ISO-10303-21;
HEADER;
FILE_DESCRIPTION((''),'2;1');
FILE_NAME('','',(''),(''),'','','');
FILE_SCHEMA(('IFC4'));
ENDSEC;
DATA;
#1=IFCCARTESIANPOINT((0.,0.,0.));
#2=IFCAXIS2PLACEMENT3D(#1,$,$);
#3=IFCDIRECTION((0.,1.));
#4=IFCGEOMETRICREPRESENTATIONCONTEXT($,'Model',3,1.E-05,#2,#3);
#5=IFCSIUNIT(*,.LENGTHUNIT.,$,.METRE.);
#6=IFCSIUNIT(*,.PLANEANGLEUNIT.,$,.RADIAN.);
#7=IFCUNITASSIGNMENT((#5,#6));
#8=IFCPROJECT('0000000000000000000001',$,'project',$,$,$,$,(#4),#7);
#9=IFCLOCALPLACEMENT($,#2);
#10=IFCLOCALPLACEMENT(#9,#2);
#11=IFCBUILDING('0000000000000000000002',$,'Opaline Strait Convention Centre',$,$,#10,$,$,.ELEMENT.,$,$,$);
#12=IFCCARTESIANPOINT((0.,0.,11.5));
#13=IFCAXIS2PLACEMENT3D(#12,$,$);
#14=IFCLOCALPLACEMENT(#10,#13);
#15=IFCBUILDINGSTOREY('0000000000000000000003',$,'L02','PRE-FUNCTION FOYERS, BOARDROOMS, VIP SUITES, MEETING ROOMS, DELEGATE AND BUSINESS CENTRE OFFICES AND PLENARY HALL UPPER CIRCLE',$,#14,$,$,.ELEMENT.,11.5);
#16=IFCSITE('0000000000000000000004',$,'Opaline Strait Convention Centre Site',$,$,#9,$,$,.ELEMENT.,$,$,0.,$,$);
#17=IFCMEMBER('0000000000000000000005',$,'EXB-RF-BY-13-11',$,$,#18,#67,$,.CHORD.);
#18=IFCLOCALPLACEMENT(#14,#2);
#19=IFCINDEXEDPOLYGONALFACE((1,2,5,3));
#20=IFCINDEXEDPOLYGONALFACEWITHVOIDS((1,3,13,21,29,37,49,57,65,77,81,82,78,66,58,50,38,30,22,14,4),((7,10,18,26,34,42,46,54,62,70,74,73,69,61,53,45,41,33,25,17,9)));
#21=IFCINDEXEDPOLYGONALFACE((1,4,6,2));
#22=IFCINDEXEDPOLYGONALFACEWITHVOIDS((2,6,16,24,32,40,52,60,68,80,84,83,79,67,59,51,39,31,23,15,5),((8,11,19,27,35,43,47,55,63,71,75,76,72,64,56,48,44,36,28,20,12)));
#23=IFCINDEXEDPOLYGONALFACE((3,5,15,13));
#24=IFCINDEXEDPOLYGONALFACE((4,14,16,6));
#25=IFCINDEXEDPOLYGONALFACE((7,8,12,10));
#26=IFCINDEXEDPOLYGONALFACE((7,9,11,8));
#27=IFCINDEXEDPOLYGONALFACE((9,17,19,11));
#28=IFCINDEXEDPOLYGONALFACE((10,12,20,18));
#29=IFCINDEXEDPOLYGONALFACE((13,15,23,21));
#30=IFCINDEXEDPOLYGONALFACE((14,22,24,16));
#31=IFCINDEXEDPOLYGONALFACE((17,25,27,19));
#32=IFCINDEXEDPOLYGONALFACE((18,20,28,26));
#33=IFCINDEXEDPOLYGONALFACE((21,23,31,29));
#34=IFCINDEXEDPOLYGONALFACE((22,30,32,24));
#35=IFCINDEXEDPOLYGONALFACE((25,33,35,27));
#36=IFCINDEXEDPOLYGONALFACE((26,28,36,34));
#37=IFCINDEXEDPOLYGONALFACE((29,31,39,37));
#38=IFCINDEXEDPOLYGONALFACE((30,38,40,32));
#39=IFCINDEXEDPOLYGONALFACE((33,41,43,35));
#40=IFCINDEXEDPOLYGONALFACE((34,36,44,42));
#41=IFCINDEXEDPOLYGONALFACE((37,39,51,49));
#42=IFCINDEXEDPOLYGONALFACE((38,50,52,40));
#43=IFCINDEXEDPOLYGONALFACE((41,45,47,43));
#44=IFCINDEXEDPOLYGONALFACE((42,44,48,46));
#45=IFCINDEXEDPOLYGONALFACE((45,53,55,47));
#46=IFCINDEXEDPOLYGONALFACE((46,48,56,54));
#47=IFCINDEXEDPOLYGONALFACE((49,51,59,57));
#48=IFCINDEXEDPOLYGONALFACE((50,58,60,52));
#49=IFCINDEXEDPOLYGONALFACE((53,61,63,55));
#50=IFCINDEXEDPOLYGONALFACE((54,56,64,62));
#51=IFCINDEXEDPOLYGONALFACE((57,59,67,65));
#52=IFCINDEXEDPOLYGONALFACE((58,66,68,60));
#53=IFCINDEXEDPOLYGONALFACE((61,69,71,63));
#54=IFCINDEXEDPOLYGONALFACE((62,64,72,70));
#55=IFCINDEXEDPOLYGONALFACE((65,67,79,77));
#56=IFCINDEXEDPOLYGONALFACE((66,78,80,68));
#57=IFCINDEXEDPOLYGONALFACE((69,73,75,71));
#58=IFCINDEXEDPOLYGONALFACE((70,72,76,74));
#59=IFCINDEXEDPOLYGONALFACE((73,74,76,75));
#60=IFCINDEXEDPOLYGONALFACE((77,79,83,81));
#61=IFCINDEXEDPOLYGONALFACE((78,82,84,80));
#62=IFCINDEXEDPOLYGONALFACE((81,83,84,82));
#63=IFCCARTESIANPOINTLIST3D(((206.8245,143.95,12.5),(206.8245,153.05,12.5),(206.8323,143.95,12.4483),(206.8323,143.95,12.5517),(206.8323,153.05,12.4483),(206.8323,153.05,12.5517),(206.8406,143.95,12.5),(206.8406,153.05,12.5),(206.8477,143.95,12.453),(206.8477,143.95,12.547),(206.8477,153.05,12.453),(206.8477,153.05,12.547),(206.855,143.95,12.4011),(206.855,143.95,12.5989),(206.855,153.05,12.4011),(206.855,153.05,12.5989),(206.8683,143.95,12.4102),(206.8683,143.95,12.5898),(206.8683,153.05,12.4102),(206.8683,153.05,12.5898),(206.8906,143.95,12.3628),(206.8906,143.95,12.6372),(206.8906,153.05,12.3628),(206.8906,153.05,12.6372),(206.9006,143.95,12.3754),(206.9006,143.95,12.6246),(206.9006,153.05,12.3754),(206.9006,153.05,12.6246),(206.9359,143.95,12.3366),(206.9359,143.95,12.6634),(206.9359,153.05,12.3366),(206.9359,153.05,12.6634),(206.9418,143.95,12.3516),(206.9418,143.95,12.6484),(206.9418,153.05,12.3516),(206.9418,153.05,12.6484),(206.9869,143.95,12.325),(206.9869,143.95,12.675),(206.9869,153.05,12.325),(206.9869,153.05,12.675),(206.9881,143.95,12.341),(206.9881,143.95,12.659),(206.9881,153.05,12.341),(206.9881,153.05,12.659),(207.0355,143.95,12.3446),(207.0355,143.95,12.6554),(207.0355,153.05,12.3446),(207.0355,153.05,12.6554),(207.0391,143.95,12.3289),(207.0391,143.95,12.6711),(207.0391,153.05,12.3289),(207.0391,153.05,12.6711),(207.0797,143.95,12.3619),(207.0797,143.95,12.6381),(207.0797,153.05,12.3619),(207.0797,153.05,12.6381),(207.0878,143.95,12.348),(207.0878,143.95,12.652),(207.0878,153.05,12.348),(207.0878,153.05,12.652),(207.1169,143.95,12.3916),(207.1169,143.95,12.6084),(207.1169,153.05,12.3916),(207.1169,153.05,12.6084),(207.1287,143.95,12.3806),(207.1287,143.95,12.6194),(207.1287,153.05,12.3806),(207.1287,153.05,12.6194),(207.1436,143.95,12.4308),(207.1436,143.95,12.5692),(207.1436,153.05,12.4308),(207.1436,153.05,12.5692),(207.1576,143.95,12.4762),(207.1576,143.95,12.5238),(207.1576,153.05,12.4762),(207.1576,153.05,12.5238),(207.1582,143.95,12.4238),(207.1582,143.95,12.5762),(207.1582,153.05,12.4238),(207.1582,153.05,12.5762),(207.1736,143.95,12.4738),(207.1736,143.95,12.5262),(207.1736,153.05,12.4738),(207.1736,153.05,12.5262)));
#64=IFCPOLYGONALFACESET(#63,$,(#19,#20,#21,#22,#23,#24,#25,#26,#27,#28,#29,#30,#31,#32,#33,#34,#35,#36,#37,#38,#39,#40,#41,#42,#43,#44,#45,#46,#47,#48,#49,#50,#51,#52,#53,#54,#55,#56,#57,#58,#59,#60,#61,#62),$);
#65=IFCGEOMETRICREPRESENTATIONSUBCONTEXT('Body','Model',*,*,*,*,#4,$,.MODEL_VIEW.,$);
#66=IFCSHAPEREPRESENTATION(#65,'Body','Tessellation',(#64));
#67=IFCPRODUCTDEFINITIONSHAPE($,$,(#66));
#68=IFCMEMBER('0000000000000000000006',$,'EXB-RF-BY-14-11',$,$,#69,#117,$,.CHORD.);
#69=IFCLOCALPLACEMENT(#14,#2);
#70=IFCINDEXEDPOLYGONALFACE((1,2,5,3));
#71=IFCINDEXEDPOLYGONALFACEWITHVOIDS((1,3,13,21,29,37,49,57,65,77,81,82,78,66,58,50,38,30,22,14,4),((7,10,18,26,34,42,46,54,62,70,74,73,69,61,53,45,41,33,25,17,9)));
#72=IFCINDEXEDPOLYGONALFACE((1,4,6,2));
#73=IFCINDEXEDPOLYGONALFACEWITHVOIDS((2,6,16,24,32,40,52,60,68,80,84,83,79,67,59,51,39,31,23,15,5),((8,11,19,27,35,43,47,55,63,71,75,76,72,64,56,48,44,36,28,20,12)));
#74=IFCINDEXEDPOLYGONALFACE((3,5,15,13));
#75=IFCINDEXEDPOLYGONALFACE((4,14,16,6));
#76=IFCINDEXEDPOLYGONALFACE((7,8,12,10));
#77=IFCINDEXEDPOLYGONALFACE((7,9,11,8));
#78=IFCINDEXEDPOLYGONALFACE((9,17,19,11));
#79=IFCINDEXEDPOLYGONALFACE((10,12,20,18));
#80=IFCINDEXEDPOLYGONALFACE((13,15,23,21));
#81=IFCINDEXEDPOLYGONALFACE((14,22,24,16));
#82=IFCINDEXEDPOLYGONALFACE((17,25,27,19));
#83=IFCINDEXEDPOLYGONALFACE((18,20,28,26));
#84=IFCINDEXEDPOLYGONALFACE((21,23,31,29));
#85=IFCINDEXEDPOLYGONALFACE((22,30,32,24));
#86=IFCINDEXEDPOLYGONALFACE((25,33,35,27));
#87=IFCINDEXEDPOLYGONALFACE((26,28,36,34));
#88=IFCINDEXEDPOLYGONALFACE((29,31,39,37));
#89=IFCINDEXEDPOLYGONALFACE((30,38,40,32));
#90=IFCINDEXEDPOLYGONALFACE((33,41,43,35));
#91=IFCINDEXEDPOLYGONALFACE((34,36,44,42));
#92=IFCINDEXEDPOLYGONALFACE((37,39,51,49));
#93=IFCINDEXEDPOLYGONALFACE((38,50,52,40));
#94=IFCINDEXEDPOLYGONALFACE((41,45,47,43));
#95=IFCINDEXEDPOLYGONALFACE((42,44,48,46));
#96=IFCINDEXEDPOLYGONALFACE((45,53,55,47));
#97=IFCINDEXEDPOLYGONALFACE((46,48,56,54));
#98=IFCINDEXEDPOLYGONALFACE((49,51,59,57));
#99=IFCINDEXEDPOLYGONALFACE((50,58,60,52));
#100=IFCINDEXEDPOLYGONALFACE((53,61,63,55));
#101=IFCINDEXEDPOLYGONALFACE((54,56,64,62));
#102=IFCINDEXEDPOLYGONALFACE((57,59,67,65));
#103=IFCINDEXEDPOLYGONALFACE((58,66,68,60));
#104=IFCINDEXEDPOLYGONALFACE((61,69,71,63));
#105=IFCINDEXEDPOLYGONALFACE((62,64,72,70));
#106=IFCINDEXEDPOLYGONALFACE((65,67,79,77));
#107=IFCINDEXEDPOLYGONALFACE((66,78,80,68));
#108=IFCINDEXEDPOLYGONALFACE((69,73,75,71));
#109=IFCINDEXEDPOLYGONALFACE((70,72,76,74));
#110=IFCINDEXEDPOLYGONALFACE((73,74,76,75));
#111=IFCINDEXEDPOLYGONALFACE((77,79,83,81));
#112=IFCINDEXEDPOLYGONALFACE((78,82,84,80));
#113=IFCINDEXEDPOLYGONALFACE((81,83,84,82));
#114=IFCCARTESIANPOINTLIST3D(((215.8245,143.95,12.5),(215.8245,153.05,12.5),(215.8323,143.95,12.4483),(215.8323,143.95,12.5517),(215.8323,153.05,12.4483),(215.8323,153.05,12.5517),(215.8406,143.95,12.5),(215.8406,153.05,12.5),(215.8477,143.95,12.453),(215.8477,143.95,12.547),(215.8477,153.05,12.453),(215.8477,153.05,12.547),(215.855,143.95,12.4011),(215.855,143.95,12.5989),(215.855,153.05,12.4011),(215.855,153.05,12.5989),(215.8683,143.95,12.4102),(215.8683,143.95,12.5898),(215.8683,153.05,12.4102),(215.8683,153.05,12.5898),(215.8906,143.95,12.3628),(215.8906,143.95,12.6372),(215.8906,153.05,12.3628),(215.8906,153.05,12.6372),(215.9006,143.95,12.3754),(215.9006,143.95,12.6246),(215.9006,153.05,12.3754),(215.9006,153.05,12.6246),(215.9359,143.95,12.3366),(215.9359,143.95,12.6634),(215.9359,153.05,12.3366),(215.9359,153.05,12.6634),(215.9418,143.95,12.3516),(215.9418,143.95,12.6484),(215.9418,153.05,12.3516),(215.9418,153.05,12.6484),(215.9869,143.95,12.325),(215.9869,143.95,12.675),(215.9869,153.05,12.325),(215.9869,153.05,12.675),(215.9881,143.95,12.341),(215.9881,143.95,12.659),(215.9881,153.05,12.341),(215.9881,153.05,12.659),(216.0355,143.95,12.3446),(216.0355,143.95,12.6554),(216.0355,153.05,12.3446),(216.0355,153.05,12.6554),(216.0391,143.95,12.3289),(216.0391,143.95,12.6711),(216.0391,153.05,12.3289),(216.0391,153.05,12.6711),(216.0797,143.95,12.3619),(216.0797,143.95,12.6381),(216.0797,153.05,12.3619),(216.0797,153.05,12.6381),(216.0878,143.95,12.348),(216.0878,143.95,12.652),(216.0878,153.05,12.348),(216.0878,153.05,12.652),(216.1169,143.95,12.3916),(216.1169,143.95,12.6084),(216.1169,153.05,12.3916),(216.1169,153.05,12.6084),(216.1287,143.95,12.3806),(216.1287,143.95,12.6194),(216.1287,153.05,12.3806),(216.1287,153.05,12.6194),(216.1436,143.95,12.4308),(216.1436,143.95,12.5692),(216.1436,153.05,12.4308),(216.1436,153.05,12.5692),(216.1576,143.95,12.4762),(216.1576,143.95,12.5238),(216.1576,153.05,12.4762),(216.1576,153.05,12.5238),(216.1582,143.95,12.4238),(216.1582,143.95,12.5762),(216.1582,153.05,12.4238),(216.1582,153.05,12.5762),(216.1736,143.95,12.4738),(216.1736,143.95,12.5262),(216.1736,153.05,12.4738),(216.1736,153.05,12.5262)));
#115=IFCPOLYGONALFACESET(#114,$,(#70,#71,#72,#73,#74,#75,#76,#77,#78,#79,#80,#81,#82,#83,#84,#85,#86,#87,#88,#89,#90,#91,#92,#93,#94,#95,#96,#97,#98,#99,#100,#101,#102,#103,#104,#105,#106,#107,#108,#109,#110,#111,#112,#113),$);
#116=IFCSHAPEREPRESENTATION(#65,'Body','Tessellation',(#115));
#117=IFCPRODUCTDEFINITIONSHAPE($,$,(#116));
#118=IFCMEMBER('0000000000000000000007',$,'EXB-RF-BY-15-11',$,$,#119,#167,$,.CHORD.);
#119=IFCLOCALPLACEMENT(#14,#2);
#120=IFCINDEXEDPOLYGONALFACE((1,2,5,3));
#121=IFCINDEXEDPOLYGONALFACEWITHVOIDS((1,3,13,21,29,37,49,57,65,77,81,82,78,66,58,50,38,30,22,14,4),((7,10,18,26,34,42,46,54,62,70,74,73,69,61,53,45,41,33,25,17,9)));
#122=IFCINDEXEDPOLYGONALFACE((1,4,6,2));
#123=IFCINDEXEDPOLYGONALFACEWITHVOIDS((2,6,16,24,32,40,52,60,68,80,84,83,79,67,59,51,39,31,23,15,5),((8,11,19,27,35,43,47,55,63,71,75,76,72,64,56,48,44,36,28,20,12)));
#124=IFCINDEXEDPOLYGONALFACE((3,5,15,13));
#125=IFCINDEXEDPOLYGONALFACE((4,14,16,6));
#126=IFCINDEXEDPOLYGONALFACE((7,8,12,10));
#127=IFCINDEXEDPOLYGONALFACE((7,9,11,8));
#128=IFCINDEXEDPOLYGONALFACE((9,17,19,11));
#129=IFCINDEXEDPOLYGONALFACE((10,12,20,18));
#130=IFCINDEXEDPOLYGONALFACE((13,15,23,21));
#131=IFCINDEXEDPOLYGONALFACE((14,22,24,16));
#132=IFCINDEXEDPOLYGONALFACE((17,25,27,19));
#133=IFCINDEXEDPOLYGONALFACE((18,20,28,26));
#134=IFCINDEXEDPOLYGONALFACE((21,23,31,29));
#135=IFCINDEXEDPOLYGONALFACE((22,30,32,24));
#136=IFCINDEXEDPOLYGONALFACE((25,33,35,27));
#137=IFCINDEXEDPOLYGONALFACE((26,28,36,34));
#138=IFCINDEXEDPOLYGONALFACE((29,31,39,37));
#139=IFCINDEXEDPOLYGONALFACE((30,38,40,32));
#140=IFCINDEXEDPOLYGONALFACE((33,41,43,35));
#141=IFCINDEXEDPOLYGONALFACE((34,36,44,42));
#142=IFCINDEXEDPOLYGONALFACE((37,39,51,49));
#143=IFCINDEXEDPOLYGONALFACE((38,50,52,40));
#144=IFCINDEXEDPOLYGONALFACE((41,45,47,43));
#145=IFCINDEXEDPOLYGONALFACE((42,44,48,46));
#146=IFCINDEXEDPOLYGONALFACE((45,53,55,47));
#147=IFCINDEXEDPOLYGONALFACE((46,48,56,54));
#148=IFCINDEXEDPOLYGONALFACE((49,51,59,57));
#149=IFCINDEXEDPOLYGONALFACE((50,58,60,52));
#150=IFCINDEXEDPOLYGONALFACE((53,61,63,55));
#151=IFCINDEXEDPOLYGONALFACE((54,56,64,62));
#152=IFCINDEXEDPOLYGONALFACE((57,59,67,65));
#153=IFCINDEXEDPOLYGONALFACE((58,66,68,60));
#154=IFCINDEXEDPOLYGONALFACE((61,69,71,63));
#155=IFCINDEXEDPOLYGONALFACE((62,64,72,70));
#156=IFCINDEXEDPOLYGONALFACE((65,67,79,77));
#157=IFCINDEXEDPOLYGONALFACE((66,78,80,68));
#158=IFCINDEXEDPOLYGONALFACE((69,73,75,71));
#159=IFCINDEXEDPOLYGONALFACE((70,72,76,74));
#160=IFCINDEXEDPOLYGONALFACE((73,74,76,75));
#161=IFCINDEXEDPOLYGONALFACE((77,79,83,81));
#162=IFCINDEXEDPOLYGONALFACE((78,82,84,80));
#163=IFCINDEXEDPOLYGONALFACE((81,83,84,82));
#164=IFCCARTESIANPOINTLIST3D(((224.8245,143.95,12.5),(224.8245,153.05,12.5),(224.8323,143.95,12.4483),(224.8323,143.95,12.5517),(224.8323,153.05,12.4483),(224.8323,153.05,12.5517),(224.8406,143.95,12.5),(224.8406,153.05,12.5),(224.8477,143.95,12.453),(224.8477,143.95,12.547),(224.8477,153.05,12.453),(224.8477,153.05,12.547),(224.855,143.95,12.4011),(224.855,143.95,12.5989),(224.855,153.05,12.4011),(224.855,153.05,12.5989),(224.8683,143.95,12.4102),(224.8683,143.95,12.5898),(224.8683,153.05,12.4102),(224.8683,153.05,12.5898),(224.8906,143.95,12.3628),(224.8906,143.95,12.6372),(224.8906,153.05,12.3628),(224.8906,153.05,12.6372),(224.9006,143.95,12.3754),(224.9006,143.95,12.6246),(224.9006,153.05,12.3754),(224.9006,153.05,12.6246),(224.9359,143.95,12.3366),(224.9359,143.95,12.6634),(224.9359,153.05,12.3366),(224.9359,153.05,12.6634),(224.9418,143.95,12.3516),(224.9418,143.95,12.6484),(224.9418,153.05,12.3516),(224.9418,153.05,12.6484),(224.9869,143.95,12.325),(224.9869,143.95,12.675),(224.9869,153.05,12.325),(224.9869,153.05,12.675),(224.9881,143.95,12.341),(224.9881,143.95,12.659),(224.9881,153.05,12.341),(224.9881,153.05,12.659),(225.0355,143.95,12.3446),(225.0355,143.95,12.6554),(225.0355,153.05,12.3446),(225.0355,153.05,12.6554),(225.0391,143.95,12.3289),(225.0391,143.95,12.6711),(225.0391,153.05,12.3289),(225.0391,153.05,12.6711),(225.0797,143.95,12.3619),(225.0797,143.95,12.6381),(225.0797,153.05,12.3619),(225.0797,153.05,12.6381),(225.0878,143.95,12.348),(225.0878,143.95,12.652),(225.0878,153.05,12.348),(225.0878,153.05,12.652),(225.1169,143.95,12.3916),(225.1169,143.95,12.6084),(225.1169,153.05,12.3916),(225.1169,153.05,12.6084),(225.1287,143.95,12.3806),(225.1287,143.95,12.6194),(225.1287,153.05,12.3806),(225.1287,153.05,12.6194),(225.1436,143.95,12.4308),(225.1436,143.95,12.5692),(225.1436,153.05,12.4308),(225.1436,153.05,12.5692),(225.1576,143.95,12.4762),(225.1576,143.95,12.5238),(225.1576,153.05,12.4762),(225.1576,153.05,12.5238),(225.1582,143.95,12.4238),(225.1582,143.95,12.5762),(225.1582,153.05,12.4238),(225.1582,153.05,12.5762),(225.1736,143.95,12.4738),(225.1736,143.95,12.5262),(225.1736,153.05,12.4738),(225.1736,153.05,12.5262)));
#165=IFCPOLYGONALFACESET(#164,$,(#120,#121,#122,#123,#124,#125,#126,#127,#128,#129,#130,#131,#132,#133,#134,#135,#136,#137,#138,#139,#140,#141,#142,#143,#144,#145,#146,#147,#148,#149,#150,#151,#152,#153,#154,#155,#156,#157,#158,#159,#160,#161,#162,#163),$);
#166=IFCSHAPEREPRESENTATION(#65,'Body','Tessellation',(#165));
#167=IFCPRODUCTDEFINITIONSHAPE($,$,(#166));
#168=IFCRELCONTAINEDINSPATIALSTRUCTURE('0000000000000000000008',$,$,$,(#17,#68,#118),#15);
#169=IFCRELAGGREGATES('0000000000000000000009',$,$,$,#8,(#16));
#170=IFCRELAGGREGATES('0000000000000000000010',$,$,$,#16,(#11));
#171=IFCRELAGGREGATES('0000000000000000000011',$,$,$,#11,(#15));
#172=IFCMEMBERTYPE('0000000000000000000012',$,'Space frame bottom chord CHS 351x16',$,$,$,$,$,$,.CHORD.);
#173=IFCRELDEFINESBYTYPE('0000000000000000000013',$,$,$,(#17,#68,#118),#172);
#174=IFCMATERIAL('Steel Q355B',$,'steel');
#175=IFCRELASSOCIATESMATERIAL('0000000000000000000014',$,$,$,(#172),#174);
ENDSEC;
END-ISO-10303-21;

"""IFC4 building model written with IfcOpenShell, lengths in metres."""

from ifc_helpers import new_model, si_unit, direction, frame, origin, origin_2d, place, context, subcontext, project, spatial, hollow_circle, extrude, material, material_profile, profile_set, type_object, element, save


model = new_model("IFC4")

# Units and contexts
model_context = context("Model", 3, precision=1e-05, world=origin(), true_north=direction((0.0, 1.0)))
body_context = subcontext(model_context, "Body", "Model", "MODEL_VIEW")
ifc_project = project(units=[si_unit("LENGTHUNIT", "METRE"), si_unit("PLANEANGLEUNIT", "RADIAN")], contexts=[model_context])

# Site, building, storey
site_placement = place(None, origin())
site = spatial("IfcSite", under=ifc_project, at=site_placement, Name="Opaline Strait Convention Centre Site", CompositionType="ELEMENT", RefElevation=0.0)
building_placement = place(site_placement, origin())
building = spatial("IfcBuilding", under=site, at=building_placement, Name="Opaline Strait Convention Centre", CompositionType="ELEMENT")
storey_placement = place(building_placement, frame((0.0, 0.0, 11.5)))
storey = spatial("IfcBuildingStorey", under=building, at=storey_placement, Name="L02", Description="PRE-FUNCTION FOYERS, BOARDROOMS, VIP SUITES, MEETING ROOMS, DELEGATE AND BUSINESS CENTRE OFFICES AND PLENARY HALL UPPER CIRCLE", CompositionType="ELEMENT", Elevation=11.5)

# Members
ifc_material_1 = material(Name="Steel Q355B", Category="steel")
ifc_material_profile_1 = material_profile(ifc_material_1, hollow_circle(Radius=0.1755, WallThickness=0.0161, at=origin_2d()), Name="CHS 351x16")
ifc_profile_set_1 = profile_set([ifc_material_profile_1], Name="Steel Q355B")
member_type_1 = type_object("IfcMemberType", Name="Space frame bottom chord CHS 351x16", PredefinedType="CHORD", material=ifc_profile_set_1)
for number, where, z_axis, x_axis, name in (
    (1, (207.0, 143.95, 12.5), (0.0, 1.0, 0.0), (-1.0, 0.0, 0.0), "EXB-RF-BY-13-11"),
    (2, (216.0, 143.95, 12.5), (0.0, 1.0, 0.0), (-1.0, 0.0, 0.0), "EXB-RF-BY-14-11"),
    (3, (225.0, 143.95, 12.5), (0.0, 1.0, 0.0), (-1.0, 0.0, 0.0), "EXB-RF-BY-15-11"),
):
    element("IfcMember", number, at=place(storey_placement, frame(where, z_axis=z_axis, x_axis=x_axis)), inside=storey, type_object=member_type_1, Name=name, PredefinedType="CHORD", context=body_context, shape_type="SweptSolid", body=[
        extrude(hollow_circle(Radius=0.1755, WallThickness=0.0161, at=origin_2d()), origin(), (0.0, 0.0, 1.0), 9.1001),
    ])

save(model, "model.ifc")
